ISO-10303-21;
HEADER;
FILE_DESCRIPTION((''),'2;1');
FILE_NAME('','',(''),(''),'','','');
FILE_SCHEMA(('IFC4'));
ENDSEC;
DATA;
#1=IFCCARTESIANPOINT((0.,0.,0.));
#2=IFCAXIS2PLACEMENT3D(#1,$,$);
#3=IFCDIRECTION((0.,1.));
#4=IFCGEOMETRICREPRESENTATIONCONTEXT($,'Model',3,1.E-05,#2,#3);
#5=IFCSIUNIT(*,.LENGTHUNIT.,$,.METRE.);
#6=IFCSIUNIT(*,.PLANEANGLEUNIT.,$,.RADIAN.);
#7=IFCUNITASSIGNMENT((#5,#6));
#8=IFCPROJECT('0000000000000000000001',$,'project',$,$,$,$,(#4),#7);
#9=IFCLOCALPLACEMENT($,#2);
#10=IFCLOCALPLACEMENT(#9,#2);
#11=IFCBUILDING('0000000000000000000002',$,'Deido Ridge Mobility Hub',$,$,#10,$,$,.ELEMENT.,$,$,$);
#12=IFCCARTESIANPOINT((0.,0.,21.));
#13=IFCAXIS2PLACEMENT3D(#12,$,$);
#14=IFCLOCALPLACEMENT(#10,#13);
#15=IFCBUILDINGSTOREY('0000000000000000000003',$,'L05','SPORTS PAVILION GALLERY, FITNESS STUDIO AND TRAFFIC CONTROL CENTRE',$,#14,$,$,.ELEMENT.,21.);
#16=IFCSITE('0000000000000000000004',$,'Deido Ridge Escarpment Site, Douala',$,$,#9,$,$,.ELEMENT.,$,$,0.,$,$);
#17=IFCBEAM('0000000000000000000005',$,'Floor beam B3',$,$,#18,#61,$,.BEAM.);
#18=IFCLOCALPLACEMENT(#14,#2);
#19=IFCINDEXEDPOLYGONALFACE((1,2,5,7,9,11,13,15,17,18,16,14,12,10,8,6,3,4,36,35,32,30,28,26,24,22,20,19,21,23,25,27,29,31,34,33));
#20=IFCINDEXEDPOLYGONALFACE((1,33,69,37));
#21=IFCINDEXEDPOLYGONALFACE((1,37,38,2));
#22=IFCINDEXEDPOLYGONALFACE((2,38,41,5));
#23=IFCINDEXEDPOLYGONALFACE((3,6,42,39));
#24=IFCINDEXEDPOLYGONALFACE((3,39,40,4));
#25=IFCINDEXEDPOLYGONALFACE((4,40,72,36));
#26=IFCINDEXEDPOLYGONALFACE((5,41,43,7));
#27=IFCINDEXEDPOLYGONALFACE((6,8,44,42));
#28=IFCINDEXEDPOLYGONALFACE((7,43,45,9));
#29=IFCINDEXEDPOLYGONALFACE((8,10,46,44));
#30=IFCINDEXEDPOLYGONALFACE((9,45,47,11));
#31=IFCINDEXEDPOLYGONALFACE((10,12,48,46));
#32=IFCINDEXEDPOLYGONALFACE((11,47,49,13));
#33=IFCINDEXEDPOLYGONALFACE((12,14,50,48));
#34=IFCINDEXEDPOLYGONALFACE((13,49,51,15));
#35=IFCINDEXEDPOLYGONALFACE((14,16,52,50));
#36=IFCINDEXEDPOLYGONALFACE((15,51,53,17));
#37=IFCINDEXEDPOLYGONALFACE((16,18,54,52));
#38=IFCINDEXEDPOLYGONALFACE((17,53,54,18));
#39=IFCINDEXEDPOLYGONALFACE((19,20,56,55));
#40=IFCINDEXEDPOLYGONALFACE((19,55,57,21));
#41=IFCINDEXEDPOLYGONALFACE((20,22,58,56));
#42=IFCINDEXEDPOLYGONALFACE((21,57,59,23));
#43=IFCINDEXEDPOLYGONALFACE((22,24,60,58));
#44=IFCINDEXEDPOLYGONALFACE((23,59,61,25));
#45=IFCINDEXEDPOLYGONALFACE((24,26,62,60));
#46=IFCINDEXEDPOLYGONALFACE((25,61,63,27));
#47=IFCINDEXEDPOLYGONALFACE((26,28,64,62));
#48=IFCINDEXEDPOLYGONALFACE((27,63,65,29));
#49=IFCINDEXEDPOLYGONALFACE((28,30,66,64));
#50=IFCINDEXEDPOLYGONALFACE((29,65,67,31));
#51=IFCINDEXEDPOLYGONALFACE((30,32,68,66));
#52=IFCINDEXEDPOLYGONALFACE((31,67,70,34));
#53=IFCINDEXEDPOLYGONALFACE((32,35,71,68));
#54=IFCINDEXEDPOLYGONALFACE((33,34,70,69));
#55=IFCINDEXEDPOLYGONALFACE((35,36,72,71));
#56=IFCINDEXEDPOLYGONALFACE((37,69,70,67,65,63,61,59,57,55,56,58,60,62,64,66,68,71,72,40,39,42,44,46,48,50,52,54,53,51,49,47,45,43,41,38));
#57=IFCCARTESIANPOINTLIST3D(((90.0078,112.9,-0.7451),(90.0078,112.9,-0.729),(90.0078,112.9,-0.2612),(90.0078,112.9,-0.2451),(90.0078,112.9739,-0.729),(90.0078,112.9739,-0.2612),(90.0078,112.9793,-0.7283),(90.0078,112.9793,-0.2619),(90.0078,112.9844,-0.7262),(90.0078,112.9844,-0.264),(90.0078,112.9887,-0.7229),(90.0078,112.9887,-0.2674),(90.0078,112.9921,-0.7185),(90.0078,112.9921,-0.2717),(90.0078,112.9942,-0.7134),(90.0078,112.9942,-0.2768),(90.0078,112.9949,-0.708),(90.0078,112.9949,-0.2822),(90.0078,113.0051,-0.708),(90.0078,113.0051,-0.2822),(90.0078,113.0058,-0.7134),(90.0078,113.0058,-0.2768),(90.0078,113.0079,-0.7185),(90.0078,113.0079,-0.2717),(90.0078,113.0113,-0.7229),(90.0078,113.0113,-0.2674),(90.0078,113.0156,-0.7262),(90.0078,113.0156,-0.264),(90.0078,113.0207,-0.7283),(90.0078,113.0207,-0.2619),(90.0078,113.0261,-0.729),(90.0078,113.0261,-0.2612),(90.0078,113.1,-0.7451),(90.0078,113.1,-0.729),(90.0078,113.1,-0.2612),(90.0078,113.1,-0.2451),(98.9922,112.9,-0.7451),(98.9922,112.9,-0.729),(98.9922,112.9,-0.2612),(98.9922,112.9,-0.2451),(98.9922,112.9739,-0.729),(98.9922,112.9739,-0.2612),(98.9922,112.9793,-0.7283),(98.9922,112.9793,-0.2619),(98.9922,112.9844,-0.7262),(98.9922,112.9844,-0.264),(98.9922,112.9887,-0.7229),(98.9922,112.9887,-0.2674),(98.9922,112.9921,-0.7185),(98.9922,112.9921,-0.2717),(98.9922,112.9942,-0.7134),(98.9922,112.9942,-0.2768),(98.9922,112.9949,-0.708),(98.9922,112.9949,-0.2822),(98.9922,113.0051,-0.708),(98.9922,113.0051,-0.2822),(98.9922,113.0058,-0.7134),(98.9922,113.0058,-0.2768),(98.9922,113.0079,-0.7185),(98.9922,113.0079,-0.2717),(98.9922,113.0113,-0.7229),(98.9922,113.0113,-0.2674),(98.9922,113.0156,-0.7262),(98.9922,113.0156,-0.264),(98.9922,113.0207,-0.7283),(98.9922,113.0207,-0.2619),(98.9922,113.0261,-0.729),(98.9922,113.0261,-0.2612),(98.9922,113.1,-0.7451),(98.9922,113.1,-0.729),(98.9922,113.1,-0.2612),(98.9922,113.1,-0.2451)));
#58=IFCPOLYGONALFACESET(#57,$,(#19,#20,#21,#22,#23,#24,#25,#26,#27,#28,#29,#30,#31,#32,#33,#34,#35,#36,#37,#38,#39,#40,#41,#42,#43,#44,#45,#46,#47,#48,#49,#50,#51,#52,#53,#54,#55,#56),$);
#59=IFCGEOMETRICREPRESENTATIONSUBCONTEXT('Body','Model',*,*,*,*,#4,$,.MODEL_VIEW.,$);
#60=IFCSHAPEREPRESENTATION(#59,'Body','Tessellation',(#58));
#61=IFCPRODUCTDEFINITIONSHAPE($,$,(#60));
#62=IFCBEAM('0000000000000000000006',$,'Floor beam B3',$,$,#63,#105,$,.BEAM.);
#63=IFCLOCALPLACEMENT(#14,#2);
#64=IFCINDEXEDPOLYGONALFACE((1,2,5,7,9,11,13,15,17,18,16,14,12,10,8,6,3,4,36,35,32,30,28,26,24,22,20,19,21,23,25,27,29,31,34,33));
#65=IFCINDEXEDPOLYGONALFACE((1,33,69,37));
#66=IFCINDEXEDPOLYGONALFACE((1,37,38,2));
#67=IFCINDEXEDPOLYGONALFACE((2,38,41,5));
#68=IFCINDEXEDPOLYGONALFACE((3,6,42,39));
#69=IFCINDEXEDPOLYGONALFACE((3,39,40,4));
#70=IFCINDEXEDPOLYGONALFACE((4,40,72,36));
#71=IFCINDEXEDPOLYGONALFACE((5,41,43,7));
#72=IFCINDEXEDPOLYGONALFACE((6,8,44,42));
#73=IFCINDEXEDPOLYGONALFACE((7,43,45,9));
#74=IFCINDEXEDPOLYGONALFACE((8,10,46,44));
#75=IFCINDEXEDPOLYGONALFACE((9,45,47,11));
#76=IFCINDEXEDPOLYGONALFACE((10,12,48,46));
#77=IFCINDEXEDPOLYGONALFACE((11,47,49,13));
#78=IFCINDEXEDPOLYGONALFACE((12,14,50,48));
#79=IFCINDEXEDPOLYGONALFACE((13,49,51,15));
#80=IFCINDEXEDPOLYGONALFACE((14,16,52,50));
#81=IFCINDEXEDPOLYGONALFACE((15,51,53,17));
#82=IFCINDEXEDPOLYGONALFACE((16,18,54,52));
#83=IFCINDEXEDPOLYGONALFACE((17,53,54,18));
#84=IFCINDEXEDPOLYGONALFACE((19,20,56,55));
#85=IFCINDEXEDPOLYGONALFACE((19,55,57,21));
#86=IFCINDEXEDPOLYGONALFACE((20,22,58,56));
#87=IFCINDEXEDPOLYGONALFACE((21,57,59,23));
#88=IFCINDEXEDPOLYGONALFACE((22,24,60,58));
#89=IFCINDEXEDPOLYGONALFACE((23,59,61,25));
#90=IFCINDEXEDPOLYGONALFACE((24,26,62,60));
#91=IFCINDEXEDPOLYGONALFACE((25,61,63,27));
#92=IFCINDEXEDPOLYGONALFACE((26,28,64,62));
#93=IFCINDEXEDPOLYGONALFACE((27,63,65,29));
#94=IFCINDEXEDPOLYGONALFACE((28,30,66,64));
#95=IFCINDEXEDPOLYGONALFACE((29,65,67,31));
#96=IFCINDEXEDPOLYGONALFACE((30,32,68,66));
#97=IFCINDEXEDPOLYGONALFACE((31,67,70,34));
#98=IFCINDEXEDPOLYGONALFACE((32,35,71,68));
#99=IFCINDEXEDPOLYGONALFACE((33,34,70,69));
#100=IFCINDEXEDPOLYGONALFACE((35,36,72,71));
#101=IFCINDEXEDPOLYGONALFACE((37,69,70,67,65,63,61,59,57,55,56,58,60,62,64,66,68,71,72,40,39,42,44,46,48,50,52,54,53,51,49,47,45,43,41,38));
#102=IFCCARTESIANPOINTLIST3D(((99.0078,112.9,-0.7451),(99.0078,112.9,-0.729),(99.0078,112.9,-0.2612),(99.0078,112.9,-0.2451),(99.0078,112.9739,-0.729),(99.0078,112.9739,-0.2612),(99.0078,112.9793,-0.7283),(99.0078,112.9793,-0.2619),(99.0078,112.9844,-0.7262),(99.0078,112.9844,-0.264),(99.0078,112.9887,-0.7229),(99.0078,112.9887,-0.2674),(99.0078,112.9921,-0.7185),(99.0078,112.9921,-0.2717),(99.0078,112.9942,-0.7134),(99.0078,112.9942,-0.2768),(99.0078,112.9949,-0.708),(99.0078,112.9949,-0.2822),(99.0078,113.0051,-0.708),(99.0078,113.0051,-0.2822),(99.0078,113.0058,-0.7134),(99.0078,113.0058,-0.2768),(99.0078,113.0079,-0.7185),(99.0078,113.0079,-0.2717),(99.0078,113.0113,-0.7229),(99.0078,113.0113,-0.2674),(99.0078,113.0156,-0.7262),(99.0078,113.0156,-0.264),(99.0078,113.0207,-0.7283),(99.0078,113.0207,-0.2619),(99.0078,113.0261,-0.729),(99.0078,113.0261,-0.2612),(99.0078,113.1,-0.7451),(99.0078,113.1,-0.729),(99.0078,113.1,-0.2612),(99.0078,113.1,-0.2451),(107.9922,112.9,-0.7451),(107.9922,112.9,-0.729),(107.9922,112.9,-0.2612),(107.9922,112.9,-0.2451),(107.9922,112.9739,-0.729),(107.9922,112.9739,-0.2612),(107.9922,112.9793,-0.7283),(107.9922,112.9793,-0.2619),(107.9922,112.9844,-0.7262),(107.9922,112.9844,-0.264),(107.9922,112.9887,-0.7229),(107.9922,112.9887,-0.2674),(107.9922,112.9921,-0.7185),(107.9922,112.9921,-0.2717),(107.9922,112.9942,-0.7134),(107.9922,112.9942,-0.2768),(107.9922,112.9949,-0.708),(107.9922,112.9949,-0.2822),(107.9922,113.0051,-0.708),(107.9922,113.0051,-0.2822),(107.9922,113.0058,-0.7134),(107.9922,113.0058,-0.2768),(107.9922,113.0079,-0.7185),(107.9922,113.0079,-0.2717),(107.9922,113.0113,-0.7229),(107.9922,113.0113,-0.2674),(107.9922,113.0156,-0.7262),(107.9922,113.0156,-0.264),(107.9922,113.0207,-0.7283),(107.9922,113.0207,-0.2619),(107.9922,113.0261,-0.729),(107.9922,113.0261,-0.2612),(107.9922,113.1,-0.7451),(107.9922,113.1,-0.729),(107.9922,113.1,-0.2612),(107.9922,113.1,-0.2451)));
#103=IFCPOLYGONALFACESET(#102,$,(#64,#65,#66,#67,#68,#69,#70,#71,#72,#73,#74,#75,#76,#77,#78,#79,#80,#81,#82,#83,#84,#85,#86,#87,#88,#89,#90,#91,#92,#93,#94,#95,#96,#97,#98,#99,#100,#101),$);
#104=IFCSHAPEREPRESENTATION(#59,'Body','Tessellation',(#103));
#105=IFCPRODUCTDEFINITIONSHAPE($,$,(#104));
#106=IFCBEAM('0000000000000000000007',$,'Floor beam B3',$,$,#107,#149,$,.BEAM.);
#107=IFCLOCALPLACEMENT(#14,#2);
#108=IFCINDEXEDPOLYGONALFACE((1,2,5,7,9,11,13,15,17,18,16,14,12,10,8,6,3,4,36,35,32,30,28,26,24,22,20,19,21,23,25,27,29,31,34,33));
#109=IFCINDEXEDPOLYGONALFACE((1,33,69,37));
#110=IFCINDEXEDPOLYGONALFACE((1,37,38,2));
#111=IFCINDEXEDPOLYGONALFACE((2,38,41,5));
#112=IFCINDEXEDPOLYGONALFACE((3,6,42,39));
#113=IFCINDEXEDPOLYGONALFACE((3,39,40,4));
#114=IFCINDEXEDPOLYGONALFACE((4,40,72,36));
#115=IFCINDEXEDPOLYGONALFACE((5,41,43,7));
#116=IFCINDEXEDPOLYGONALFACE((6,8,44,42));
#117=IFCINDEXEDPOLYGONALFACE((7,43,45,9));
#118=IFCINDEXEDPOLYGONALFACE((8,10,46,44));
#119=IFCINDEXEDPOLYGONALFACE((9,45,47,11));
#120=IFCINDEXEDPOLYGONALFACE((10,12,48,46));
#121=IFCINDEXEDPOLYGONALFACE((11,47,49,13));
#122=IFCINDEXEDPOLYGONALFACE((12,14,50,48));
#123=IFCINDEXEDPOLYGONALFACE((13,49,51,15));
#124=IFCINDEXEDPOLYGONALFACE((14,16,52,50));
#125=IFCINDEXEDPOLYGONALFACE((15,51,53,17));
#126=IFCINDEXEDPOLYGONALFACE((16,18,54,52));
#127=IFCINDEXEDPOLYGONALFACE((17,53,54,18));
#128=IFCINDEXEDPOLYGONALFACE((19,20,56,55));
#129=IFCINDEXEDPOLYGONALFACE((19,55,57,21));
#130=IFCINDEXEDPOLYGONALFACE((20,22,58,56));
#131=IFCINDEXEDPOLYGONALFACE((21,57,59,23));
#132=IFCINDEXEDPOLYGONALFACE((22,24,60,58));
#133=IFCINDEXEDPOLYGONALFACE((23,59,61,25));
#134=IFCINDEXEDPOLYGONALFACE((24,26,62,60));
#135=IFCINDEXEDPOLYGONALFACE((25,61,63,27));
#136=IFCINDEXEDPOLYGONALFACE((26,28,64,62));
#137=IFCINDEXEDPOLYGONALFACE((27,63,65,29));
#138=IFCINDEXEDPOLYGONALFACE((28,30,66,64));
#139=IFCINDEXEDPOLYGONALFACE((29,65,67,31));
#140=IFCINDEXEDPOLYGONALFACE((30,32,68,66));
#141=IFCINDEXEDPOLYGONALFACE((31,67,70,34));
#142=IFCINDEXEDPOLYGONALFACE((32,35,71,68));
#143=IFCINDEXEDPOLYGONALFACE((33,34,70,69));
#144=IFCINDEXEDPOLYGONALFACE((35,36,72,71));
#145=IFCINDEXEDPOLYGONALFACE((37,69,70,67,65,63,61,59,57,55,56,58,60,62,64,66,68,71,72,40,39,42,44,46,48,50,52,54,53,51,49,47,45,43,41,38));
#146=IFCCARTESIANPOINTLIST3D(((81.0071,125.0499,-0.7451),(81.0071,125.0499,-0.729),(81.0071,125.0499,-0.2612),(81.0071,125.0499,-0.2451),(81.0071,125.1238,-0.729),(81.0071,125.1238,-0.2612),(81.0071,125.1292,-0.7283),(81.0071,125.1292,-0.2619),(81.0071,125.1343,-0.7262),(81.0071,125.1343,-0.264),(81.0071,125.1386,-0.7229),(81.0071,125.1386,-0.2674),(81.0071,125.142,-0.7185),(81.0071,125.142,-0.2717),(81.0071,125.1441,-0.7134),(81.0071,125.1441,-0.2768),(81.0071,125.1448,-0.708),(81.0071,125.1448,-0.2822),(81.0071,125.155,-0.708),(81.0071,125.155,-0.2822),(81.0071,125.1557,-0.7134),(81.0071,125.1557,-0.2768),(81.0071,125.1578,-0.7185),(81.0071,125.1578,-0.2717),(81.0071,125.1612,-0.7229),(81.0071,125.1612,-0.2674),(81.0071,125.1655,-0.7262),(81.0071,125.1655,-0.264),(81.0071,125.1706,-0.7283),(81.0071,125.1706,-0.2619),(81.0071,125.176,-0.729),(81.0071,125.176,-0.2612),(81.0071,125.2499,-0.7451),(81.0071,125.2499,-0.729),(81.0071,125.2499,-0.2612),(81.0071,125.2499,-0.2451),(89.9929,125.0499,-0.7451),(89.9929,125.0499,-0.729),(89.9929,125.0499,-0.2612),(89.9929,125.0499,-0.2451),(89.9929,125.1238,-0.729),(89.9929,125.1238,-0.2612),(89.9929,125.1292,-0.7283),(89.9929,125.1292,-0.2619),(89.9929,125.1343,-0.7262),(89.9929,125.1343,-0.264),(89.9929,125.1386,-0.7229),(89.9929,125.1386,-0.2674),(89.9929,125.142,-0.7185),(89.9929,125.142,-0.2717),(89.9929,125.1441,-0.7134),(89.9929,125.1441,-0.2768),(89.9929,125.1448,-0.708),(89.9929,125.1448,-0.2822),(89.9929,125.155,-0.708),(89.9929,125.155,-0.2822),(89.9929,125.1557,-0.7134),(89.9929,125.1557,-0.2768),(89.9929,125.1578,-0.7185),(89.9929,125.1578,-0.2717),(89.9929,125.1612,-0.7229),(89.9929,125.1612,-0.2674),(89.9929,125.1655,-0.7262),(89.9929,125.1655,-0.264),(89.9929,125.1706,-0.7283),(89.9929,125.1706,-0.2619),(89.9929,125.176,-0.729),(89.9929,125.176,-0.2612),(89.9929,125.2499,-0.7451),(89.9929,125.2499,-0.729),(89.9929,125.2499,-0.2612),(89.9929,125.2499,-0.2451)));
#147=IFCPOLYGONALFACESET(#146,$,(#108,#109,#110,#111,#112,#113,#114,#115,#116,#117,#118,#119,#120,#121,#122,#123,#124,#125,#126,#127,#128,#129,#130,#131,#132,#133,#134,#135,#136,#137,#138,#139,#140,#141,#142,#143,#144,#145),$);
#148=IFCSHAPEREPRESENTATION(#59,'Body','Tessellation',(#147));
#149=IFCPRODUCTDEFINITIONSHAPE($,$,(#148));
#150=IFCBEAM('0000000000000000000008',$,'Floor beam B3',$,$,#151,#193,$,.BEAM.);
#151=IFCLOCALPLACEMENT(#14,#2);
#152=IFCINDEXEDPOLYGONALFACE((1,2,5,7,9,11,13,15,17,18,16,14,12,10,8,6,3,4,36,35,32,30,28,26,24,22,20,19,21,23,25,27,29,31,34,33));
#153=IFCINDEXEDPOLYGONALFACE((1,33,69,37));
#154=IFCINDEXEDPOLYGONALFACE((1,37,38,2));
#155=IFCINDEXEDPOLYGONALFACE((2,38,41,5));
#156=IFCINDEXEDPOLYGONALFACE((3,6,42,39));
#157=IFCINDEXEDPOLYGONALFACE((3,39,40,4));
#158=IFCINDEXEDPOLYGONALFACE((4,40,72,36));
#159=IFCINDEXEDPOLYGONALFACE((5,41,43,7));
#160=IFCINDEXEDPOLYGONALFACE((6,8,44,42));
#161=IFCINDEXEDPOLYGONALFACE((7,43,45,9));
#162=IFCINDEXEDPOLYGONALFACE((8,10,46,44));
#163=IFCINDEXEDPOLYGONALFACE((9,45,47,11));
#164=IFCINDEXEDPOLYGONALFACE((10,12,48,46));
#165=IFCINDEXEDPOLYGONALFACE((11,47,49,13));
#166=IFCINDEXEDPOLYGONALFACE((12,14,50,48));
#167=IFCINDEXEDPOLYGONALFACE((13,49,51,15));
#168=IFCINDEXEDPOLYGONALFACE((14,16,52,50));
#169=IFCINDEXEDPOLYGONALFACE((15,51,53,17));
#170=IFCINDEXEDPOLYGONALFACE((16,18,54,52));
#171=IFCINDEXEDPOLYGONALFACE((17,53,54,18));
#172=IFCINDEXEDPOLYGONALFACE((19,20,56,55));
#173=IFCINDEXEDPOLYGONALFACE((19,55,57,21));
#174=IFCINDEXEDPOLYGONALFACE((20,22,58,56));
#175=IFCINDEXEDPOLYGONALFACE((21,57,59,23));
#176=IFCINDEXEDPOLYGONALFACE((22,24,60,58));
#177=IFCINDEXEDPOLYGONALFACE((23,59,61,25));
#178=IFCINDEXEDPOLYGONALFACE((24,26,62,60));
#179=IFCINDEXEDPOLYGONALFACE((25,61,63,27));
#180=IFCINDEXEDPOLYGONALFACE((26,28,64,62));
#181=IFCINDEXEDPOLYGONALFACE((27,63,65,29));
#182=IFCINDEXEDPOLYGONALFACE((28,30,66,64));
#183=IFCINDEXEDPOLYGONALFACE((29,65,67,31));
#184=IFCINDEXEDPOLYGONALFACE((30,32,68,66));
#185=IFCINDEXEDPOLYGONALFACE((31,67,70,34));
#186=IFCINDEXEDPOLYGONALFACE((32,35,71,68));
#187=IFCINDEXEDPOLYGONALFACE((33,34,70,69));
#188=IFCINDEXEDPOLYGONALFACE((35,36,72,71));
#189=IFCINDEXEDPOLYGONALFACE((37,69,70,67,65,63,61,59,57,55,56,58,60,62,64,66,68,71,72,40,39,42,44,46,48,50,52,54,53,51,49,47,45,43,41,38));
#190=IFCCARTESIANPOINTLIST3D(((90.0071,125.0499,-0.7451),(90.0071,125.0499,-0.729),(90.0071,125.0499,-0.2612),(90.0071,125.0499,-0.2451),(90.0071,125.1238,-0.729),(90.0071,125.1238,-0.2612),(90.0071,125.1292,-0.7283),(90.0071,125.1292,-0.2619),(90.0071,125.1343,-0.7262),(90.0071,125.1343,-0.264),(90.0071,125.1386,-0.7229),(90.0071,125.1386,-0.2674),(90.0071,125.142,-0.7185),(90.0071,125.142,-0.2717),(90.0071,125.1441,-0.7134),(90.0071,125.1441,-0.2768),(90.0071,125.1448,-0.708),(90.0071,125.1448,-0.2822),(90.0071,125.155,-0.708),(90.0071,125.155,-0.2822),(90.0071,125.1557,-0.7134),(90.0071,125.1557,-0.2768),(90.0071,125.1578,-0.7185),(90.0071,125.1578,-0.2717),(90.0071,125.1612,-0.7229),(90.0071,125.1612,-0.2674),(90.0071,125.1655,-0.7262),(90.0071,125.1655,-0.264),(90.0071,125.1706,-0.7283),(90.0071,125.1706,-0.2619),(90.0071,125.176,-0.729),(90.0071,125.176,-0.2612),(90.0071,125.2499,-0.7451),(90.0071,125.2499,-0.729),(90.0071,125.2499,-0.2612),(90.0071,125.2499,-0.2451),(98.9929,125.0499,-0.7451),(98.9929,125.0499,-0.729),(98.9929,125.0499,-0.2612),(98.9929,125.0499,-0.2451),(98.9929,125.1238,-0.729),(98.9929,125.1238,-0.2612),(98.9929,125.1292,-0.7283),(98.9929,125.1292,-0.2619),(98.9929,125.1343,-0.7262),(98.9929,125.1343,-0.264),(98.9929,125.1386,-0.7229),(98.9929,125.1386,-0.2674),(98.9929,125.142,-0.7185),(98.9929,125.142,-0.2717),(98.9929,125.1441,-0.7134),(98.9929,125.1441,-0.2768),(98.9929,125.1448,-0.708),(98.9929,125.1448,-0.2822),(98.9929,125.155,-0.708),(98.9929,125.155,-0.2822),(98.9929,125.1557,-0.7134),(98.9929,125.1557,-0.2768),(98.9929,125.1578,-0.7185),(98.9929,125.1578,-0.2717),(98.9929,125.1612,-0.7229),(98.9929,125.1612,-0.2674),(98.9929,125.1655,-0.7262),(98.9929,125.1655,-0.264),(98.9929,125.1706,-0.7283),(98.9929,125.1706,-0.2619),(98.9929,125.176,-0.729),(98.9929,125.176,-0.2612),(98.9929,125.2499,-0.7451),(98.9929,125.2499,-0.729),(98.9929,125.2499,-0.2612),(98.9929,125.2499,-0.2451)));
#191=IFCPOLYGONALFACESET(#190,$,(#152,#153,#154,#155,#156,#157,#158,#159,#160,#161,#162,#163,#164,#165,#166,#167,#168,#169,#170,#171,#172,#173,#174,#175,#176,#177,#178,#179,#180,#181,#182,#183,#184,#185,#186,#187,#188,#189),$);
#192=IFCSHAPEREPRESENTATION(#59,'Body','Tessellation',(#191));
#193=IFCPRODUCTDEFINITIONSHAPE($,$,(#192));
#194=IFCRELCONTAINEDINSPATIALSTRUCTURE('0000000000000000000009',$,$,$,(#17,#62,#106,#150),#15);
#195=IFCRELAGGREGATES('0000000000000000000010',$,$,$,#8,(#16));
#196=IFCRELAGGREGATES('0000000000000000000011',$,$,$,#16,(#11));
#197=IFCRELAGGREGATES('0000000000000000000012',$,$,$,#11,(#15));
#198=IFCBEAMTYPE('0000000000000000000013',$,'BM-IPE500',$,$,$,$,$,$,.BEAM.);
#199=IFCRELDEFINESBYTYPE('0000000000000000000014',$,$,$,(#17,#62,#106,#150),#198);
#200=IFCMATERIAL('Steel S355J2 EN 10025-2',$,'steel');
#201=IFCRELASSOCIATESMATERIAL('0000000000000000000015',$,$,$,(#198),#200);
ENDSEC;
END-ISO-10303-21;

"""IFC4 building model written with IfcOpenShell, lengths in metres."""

from ifc_helpers import new_model, si_unit, direction, frame, origin, origin_2d, place, context, subcontext, project, spatial, i_section, extrude, material, material_profile, profile_set, type_object, element, save


model = new_model("IFC4")

# Units and contexts
model_context = context("Model", 3, precision=1e-05, world=origin(), true_north=direction((0.0, 1.0)))
body_context = subcontext(model_context, "Body", "Model", "MODEL_VIEW")
ifc_project = project(units=[si_unit("LENGTHUNIT", "METRE"), si_unit("PLANEANGLEUNIT", "RADIAN")], contexts=[model_context])

# Site, building, storey
site_placement = place(None, origin())
site = spatial("IfcSite", under=ifc_project, at=site_placement, Name="Deido Ridge Escarpment Site, Douala", CompositionType="ELEMENT", RefElevation=0.0)
building_placement = place(site_placement, origin())
building = spatial("IfcBuilding", under=site, at=building_placement, Name="Deido Ridge Mobility Hub", CompositionType="ELEMENT")
storey_placement = place(building_placement, frame((0.0, 0.0, 21.0)))
storey = spatial("IfcBuildingStorey", under=building, at=storey_placement, Name="L05", Description="SPORTS PAVILION GALLERY, FITNESS STUDIO AND TRAFFIC CONTROL CENTRE", CompositionType="ELEMENT", Elevation=21.0)

# Beams
ifc_material = material(Name="Steel S355J2 EN 10025-2", Category="steel")
ifc_material_profile_1 = material_profile(ifc_material, i_section(OverallWidth=0.2, OverallDepth=0.5, WebThickness=0.0103, FlangeThickness=0.0161, FilletRadius=0.021, at=origin_2d()), Name="IPE 500")
ifc_profile_set_1 = profile_set([ifc_material_profile_1], Name="Steel S355J2 EN 10025-2")
beam_type_1 = type_object("IfcBeamType", Name="BM-IPE500", PredefinedType="BEAM", material=ifc_profile_set_1)
for number, where, z_axis, x_axis, name in (
    (1, (90.0078, 113.0, -0.4951), (1.0, 0.0, 0.0), (0.0, 1.0, 0.0), "Floor beam B3"),
    (2, (99.0078, 113.0, -0.4951), (1.0, 0.0, 0.0), (0.0, 1.0, 0.0), "Floor beam B3"),
):
    element("IfcBeam", number, at=place(storey_placement, frame(where, z_axis=z_axis, x_axis=x_axis)), inside=storey, type_object=beam_type_1, Name=name, PredefinedType="BEAM", context=body_context, shape_type="SweptSolid", body=[
        extrude(i_section(OverallWidth=0.2, OverallDepth=0.5, WebThickness=0.0103, FlangeThickness=0.0161, FilletRadius=0.021, at=origin_2d()), origin(), (0.0, 0.0, 1.0), 8.9844),
    ])
for number, where, z_axis, x_axis, name in (
    (3, (81.0071, 125.1499, -0.4951), (1.0, 0.0, 0.0), (0.0, 1.0, 0.0), "Floor beam B3"),
    (4, (90.0071, 125.1499, -0.4951), (1.0, 0.0, 0.0), (0.0, 1.0, 0.0), "Floor beam B3"),
):
    element("IfcBeam", number, at=place(storey_placement, frame(where, z_axis=z_axis, x_axis=x_axis)), inside=storey, type_object=beam_type_1, Name=name, PredefinedType="BEAM", context=body_context, shape_type="SweptSolid", body=[
        extrude(i_section(OverallWidth=0.2, OverallDepth=0.5, WebThickness=0.0103, FlangeThickness=0.0161, FilletRadius=0.021, at=origin_2d()), origin(), (0.0, 0.0, 1.0), 8.9858),
    ])

save(model, "model.ifc")
